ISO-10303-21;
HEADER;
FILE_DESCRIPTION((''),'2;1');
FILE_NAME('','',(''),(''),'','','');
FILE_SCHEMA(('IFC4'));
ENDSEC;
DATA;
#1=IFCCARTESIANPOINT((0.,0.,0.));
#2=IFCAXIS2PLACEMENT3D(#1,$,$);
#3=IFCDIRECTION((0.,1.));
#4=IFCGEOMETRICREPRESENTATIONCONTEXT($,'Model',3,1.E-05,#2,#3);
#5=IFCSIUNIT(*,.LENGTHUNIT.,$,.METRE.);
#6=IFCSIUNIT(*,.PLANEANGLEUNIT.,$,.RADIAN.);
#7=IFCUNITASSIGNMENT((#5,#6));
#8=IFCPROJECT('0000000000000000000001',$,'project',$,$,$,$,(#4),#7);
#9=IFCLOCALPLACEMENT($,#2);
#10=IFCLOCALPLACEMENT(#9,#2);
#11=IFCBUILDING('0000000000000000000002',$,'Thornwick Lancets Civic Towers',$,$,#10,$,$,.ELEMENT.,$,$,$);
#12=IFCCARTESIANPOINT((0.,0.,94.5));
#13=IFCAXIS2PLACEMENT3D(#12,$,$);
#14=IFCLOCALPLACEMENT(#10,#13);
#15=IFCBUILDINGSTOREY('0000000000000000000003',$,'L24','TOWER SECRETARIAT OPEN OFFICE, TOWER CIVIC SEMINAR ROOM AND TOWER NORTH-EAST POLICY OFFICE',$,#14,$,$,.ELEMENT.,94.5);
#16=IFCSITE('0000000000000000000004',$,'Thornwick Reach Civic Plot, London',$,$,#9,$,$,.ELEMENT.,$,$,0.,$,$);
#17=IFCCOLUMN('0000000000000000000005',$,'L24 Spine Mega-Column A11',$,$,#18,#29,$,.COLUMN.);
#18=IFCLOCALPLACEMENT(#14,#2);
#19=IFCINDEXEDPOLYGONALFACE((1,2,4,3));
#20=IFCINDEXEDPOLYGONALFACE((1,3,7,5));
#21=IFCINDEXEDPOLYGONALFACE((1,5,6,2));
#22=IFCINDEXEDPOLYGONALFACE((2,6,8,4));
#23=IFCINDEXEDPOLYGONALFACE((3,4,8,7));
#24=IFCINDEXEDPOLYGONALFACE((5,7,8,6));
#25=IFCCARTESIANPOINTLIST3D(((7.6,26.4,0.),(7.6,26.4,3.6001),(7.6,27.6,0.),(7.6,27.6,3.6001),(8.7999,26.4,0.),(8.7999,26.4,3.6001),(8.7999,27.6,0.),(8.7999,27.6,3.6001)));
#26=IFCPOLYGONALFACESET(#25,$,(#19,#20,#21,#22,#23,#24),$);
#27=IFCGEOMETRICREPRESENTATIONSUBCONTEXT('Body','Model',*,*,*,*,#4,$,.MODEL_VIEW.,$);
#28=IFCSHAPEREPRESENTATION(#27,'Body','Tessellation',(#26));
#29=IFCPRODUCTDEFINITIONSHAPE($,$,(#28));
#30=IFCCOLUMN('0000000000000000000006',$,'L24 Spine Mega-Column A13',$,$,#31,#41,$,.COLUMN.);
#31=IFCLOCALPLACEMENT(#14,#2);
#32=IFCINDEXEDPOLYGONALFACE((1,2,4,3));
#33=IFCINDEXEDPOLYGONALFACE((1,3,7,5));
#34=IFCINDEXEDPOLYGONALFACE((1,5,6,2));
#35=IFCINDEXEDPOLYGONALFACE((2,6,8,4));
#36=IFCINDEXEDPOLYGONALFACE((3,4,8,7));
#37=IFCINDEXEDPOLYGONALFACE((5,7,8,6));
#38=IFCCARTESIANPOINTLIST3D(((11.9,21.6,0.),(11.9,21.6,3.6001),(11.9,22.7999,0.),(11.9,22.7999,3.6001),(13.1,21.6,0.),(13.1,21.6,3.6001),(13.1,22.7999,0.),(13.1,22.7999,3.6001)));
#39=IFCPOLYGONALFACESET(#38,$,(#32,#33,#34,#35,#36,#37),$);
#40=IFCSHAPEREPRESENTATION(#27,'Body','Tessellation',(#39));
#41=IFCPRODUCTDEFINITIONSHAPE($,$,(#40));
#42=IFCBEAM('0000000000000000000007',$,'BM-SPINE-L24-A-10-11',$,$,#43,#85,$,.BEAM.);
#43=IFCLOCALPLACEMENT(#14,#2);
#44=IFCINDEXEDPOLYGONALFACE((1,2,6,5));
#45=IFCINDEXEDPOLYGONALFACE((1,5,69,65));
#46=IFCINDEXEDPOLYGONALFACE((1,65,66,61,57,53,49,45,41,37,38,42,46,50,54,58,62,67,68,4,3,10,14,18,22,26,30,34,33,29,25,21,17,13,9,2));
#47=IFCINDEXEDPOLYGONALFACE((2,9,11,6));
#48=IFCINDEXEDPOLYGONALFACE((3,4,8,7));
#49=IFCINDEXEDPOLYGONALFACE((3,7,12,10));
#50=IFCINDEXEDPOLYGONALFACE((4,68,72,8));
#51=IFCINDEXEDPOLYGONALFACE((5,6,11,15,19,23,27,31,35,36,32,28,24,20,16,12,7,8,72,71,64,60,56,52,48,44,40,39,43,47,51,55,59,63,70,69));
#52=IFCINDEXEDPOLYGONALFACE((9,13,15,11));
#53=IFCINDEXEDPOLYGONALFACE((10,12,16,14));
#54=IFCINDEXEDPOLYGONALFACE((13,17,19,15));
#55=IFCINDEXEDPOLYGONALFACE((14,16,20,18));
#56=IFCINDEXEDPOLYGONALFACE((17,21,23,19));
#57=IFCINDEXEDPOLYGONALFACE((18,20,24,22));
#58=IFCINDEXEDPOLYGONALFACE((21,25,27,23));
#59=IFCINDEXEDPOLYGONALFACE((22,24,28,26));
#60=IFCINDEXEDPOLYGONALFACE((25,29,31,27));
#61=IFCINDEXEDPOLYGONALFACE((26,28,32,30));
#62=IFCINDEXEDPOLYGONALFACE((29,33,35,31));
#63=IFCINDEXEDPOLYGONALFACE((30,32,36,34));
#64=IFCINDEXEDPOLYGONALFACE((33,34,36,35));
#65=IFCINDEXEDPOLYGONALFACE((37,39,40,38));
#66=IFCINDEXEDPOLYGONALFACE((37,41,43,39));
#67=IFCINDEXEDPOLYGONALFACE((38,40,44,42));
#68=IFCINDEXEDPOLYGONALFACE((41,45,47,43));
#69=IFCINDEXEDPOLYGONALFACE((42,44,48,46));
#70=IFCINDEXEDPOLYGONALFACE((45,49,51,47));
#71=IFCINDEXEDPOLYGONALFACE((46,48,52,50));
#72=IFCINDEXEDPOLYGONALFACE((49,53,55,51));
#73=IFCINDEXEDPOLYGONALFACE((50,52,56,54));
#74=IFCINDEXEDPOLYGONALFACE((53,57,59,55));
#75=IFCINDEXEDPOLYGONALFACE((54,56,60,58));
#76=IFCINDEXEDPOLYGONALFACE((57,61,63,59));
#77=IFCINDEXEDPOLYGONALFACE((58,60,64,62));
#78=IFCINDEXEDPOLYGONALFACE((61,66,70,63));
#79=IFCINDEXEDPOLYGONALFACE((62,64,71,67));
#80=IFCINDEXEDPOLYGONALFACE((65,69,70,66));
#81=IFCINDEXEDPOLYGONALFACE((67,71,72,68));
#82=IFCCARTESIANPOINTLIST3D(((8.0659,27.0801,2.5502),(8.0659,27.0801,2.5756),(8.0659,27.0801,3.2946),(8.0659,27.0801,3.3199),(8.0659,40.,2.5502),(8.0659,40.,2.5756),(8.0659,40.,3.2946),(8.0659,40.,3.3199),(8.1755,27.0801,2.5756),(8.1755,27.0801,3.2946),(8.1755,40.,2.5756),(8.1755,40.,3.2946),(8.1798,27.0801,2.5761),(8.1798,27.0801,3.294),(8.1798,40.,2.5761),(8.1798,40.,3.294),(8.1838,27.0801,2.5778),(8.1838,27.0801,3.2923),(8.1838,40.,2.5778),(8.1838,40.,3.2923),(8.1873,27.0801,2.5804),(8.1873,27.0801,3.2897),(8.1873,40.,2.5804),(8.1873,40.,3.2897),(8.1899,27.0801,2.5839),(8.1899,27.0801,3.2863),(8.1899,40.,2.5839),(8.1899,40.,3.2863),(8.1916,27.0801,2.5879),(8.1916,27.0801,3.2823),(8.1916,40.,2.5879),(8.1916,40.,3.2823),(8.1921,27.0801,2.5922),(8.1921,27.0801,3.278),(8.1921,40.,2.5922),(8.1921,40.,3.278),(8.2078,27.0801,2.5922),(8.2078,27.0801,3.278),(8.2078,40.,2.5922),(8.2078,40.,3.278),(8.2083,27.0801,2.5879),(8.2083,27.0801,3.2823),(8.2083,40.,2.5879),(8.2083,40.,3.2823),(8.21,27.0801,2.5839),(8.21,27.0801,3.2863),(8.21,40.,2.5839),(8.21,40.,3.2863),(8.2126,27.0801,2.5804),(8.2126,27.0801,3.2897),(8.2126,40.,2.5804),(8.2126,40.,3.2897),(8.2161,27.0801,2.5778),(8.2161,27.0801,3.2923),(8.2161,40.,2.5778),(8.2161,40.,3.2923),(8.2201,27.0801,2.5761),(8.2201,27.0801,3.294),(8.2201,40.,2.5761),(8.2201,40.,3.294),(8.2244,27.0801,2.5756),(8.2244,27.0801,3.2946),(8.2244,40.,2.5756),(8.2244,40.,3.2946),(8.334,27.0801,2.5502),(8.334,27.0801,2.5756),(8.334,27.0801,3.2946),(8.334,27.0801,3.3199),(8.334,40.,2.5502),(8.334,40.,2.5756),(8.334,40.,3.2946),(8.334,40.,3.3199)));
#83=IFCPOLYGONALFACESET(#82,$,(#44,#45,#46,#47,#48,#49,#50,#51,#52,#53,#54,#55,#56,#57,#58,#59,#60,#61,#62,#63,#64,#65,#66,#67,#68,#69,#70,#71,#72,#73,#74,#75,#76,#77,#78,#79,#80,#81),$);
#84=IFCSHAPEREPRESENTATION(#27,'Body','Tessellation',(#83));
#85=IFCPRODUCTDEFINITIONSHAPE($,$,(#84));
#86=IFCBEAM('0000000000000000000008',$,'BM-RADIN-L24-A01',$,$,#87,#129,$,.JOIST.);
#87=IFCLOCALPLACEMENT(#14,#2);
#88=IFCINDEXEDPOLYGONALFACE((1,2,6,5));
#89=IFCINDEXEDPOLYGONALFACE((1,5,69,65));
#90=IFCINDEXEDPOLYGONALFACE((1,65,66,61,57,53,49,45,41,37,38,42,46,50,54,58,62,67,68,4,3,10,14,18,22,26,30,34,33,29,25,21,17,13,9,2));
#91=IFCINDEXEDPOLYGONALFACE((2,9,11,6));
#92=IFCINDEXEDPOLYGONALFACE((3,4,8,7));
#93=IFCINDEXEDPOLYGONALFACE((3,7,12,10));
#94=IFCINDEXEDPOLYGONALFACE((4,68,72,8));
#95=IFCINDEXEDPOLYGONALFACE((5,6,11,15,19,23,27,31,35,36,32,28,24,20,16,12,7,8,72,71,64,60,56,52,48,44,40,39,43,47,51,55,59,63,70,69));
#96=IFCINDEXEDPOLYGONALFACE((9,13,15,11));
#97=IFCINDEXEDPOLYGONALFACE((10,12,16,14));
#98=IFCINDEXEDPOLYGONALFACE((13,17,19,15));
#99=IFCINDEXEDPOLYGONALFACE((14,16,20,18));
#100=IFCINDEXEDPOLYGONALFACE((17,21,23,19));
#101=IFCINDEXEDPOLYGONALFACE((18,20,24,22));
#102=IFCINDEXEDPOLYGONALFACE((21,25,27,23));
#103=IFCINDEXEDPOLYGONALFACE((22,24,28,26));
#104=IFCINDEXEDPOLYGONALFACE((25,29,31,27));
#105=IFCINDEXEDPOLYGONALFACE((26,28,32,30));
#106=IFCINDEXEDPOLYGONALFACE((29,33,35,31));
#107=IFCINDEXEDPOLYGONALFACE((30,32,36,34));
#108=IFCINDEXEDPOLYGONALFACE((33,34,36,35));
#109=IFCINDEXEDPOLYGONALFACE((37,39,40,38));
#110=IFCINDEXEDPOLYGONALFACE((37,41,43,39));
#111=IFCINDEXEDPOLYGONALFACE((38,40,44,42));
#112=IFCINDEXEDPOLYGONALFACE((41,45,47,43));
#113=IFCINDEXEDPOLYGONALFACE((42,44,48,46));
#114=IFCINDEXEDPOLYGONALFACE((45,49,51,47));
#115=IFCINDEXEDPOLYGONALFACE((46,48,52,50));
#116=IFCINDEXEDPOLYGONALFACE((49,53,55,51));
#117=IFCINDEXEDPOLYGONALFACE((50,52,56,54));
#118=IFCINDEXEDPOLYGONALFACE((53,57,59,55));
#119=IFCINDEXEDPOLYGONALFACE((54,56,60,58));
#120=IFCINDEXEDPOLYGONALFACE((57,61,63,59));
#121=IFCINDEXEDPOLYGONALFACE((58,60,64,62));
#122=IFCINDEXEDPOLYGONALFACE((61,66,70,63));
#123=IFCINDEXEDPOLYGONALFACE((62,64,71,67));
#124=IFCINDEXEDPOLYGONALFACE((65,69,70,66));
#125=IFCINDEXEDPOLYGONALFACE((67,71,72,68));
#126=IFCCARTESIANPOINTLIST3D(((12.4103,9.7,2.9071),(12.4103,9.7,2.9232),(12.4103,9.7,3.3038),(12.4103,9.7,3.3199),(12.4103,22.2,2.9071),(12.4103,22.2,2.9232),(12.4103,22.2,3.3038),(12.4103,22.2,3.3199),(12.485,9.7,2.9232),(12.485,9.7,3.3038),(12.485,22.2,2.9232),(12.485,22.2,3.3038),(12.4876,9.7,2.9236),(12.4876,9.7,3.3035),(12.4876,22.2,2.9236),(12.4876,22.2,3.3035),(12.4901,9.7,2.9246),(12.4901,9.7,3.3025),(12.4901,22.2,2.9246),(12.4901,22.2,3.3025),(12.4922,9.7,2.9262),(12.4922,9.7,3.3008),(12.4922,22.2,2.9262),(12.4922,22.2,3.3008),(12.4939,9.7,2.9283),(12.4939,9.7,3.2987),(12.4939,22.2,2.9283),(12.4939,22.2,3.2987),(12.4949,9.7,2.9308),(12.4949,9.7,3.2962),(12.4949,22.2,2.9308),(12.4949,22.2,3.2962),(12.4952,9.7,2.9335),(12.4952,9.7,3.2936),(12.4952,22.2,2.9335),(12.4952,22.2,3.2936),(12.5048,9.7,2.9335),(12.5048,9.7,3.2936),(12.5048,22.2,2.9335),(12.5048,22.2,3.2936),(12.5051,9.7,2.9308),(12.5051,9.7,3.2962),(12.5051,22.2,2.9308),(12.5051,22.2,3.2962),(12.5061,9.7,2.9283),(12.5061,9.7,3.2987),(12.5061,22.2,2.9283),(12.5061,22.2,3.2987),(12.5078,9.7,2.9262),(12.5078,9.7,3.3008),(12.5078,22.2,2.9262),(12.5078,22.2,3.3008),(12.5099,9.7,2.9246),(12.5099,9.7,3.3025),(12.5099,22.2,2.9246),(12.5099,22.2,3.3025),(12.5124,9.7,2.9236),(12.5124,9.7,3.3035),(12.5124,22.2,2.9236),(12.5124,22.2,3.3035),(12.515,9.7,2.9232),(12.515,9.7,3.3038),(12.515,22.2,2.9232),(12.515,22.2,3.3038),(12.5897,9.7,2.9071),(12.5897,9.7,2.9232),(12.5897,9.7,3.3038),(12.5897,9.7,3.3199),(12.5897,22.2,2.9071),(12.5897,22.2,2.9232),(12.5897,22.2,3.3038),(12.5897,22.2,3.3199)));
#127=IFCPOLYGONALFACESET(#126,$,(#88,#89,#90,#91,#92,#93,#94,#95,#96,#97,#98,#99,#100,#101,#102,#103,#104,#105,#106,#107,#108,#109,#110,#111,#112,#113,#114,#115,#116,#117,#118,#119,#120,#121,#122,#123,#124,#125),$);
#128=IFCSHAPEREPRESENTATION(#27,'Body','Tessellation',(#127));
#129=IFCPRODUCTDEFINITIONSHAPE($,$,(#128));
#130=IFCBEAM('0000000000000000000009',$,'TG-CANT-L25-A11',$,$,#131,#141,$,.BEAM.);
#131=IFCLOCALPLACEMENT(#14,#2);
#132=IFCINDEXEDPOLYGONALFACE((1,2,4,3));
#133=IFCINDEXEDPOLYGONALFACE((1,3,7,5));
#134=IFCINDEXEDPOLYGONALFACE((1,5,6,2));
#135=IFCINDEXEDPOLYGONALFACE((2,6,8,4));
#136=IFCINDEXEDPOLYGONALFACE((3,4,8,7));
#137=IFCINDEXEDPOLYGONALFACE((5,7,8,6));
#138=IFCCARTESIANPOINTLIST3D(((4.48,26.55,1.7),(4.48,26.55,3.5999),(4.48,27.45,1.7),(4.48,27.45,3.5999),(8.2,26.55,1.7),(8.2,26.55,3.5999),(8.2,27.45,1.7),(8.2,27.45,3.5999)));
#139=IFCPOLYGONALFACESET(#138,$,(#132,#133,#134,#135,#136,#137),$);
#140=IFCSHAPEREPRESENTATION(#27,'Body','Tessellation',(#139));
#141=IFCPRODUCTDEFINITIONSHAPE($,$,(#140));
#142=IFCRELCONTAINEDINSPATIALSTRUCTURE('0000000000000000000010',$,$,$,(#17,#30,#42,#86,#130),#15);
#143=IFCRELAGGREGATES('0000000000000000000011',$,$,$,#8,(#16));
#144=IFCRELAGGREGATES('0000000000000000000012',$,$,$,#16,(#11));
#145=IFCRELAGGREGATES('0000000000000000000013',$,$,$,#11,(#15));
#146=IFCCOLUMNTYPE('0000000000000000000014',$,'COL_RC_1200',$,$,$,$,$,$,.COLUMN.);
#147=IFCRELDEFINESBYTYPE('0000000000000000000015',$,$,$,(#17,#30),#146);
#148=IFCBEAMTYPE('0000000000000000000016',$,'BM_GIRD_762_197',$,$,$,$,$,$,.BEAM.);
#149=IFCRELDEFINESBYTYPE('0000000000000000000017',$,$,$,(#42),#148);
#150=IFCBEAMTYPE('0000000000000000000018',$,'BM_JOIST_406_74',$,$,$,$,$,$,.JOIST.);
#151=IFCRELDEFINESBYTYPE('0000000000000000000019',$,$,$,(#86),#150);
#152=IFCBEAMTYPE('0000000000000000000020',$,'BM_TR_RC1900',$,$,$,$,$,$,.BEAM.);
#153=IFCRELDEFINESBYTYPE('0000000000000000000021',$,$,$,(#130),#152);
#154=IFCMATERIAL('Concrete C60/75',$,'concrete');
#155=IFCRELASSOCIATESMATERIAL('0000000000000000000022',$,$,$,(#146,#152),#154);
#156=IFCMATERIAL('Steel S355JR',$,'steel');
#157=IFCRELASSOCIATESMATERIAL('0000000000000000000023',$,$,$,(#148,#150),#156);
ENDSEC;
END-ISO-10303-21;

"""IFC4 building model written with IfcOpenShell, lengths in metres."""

from ifc_helpers import new_model, si_unit, direction, frame, origin, origin_2d, place, context, subcontext, project, spatial, rectangle, i_section, extrude, material, material_profile, profile_set, type_object, element, save


model = new_model("IFC4")

# Units and contexts
model_context = context("Model", 3, precision=1e-05, world=origin(), true_north=direction((0.0, 1.0)))
body_context = subcontext(model_context, "Body", "Model", "MODEL_VIEW")
ifc_project = project(units=[si_unit("LENGTHUNIT", "METRE"), si_unit("PLANEANGLEUNIT", "RADIAN")], contexts=[model_context])

# Site, building, storey
site_placement = place(None, origin())
site = spatial("IfcSite", under=ifc_project, at=site_placement, Name="Thornwick Reach Civic Plot, London", CompositionType="ELEMENT", RefElevation=0.0)
building_placement = place(site_placement, origin())
building = spatial("IfcBuilding", under=site, at=building_placement, Name="Thornwick Lancets Civic Towers", CompositionType="ELEMENT")
storey_placement = place(building_placement, frame((0.0, 0.0, 94.5)))
storey = spatial("IfcBuildingStorey", under=building, at=storey_placement, Name="L24", Description="TOWER SECRETARIAT OPEN OFFICE, TOWER CIVIC SEMINAR ROOM AND TOWER NORTH-EAST POLICY OFFICE", CompositionType="ELEMENT", Elevation=94.5)

# Columns
ifc_material_1 = material(Name="Concrete C60/75", Category="concrete")
ifc_material_profile_1 = material_profile(ifc_material_1, rectangle(XDim=1.2, YDim=1.2, at=origin_2d()), Name="RC 1200x1200")
ifc_profile_set_1 = profile_set([ifc_material_profile_1], Name="Concrete C60/75")
column_type = type_object("IfcColumnType", Name="COL_RC_1200", PredefinedType="COLUMN", material=ifc_profile_set_1)
for number, where, z_axis, x_axis, name in (
    (1, (8.2, 27.0, 0.0), (0.0, 0.0, 1.0), (1.0, 0.0, 0.0), "L24 Spine Mega-Column A11"),
    (2, (12.5, 22.2, 0.0), (0.0, 0.0, 1.0), (1.0, 0.0, 0.0), "L24 Spine Mega-Column A13"),
):
    element("IfcColumn", number, at=place(storey_placement, frame(where, z_axis=z_axis, x_axis=x_axis)), inside=storey, type_object=column_type, Name=name, PredefinedType="COLUMN", context=body_context, shape_type="SweptSolid", body=[
        extrude(rectangle(XDim=1.2, YDim=1.2, at=origin_2d()), origin(), (0.0, 0.0, 1.0), 3.6001),
    ])

# Beams
ifc_material_2 = material(Name="Steel S355JR", Category="steel")
ifc_material_profile_2 = material_profile(ifc_material_2, i_section(OverallWidth=0.2681, OverallDepth=0.7698, WebThickness=0.0156, FlangeThickness=0.0254, FilletRadius=0.0166, at=origin_2d()), Name="UKB 762x267x197")
ifc_profile_set_2 = profile_set([ifc_material_profile_2], Name="Steel S355JR")
beam_type_1 = type_object("IfcBeamType", Name="BM_GIRD_762_197", PredefinedType="BEAM", material=ifc_profile_set_2)
beam_1_placement = place(storey_placement, frame((8.2, 27.0801, 2.9351), z_axis=(0.0, 1.0, 0.0), x_axis=(-1.0, 0.0, 0.0)))
element("IfcBeam", 3, at=beam_1_placement, inside=storey, type_object=beam_type_1, Name="BM-SPINE-L24-A-10-11", PredefinedType="BEAM", context=body_context, shape_type="SweptSolid", body=[
    extrude(i_section(OverallWidth=0.2681, OverallDepth=0.7698, WebThickness=0.0156, FlangeThickness=0.0254, FilletRadius=0.0166, at=origin_2d()), origin(), (0.0, 0.0, 1.0), 12.9199),
])
ifc_material_profile_3 = material_profile(ifc_material_2, i_section(OverallWidth=0.1794, OverallDepth=0.4128, WebThickness=0.0095, FlangeThickness=0.0161, FilletRadius=0.0103, at=origin_2d()), Name="UKB 406x178x74")
ifc_profile_set_3 = profile_set([ifc_material_profile_3], Name="Steel S355JR")
beam_type_2 = type_object("IfcBeamType", Name="BM_JOIST_406_74", PredefinedType="JOIST", material=ifc_profile_set_3)
beam_2_placement = place(storey_placement, frame((12.5, 22.2, 3.1135), z_axis=(0.0, -1.0, 0.0), x_axis=(1.0, 0.0, 0.0)))
element("IfcBeam", 4, at=beam_2_placement, inside=storey, type_object=beam_type_2, Name="BM-RADIN-L24-A01", PredefinedType="JOIST", context=body_context, shape_type="SweptSolid", body=[
    extrude(i_section(OverallWidth=0.1794, OverallDepth=0.4128, WebThickness=0.0095, FlangeThickness=0.0161, FilletRadius=0.0103, at=origin_2d()), origin(), (0.0, 0.0, 1.0), 12.5),
])
ifc_material_profile_4 = material_profile(ifc_material_1, rectangle(XDim=0.8999, YDim=1.8999, at=origin_2d()), Name="RC 900x1900")
ifc_profile_set_4 = profile_set([ifc_material_profile_4], Name="Concrete C60/75")
beam_type_3 = type_object("IfcBeamType", Name="BM_TR_RC1900", PredefinedType="BEAM", material=ifc_profile_set_4)
beam_3_placement = place(storey_placement, frame((8.2, 27.0, 2.6499), z_axis=(-1.0, 0.0, 0.0), x_axis=(0.0, -1.0, 0.0)))
element("IfcBeam", 5, at=beam_3_placement, inside=storey, type_object=beam_type_3, Name="TG-CANT-L25-A11", PredefinedType="BEAM", context=body_context, shape_type="SweptSolid", body=[
    extrude(rectangle(XDim=0.8999, YDim=1.8999, at=origin_2d()), origin(), (0.0, 0.0, 1.0), 3.72),
])

save(model, "model.ifc")
